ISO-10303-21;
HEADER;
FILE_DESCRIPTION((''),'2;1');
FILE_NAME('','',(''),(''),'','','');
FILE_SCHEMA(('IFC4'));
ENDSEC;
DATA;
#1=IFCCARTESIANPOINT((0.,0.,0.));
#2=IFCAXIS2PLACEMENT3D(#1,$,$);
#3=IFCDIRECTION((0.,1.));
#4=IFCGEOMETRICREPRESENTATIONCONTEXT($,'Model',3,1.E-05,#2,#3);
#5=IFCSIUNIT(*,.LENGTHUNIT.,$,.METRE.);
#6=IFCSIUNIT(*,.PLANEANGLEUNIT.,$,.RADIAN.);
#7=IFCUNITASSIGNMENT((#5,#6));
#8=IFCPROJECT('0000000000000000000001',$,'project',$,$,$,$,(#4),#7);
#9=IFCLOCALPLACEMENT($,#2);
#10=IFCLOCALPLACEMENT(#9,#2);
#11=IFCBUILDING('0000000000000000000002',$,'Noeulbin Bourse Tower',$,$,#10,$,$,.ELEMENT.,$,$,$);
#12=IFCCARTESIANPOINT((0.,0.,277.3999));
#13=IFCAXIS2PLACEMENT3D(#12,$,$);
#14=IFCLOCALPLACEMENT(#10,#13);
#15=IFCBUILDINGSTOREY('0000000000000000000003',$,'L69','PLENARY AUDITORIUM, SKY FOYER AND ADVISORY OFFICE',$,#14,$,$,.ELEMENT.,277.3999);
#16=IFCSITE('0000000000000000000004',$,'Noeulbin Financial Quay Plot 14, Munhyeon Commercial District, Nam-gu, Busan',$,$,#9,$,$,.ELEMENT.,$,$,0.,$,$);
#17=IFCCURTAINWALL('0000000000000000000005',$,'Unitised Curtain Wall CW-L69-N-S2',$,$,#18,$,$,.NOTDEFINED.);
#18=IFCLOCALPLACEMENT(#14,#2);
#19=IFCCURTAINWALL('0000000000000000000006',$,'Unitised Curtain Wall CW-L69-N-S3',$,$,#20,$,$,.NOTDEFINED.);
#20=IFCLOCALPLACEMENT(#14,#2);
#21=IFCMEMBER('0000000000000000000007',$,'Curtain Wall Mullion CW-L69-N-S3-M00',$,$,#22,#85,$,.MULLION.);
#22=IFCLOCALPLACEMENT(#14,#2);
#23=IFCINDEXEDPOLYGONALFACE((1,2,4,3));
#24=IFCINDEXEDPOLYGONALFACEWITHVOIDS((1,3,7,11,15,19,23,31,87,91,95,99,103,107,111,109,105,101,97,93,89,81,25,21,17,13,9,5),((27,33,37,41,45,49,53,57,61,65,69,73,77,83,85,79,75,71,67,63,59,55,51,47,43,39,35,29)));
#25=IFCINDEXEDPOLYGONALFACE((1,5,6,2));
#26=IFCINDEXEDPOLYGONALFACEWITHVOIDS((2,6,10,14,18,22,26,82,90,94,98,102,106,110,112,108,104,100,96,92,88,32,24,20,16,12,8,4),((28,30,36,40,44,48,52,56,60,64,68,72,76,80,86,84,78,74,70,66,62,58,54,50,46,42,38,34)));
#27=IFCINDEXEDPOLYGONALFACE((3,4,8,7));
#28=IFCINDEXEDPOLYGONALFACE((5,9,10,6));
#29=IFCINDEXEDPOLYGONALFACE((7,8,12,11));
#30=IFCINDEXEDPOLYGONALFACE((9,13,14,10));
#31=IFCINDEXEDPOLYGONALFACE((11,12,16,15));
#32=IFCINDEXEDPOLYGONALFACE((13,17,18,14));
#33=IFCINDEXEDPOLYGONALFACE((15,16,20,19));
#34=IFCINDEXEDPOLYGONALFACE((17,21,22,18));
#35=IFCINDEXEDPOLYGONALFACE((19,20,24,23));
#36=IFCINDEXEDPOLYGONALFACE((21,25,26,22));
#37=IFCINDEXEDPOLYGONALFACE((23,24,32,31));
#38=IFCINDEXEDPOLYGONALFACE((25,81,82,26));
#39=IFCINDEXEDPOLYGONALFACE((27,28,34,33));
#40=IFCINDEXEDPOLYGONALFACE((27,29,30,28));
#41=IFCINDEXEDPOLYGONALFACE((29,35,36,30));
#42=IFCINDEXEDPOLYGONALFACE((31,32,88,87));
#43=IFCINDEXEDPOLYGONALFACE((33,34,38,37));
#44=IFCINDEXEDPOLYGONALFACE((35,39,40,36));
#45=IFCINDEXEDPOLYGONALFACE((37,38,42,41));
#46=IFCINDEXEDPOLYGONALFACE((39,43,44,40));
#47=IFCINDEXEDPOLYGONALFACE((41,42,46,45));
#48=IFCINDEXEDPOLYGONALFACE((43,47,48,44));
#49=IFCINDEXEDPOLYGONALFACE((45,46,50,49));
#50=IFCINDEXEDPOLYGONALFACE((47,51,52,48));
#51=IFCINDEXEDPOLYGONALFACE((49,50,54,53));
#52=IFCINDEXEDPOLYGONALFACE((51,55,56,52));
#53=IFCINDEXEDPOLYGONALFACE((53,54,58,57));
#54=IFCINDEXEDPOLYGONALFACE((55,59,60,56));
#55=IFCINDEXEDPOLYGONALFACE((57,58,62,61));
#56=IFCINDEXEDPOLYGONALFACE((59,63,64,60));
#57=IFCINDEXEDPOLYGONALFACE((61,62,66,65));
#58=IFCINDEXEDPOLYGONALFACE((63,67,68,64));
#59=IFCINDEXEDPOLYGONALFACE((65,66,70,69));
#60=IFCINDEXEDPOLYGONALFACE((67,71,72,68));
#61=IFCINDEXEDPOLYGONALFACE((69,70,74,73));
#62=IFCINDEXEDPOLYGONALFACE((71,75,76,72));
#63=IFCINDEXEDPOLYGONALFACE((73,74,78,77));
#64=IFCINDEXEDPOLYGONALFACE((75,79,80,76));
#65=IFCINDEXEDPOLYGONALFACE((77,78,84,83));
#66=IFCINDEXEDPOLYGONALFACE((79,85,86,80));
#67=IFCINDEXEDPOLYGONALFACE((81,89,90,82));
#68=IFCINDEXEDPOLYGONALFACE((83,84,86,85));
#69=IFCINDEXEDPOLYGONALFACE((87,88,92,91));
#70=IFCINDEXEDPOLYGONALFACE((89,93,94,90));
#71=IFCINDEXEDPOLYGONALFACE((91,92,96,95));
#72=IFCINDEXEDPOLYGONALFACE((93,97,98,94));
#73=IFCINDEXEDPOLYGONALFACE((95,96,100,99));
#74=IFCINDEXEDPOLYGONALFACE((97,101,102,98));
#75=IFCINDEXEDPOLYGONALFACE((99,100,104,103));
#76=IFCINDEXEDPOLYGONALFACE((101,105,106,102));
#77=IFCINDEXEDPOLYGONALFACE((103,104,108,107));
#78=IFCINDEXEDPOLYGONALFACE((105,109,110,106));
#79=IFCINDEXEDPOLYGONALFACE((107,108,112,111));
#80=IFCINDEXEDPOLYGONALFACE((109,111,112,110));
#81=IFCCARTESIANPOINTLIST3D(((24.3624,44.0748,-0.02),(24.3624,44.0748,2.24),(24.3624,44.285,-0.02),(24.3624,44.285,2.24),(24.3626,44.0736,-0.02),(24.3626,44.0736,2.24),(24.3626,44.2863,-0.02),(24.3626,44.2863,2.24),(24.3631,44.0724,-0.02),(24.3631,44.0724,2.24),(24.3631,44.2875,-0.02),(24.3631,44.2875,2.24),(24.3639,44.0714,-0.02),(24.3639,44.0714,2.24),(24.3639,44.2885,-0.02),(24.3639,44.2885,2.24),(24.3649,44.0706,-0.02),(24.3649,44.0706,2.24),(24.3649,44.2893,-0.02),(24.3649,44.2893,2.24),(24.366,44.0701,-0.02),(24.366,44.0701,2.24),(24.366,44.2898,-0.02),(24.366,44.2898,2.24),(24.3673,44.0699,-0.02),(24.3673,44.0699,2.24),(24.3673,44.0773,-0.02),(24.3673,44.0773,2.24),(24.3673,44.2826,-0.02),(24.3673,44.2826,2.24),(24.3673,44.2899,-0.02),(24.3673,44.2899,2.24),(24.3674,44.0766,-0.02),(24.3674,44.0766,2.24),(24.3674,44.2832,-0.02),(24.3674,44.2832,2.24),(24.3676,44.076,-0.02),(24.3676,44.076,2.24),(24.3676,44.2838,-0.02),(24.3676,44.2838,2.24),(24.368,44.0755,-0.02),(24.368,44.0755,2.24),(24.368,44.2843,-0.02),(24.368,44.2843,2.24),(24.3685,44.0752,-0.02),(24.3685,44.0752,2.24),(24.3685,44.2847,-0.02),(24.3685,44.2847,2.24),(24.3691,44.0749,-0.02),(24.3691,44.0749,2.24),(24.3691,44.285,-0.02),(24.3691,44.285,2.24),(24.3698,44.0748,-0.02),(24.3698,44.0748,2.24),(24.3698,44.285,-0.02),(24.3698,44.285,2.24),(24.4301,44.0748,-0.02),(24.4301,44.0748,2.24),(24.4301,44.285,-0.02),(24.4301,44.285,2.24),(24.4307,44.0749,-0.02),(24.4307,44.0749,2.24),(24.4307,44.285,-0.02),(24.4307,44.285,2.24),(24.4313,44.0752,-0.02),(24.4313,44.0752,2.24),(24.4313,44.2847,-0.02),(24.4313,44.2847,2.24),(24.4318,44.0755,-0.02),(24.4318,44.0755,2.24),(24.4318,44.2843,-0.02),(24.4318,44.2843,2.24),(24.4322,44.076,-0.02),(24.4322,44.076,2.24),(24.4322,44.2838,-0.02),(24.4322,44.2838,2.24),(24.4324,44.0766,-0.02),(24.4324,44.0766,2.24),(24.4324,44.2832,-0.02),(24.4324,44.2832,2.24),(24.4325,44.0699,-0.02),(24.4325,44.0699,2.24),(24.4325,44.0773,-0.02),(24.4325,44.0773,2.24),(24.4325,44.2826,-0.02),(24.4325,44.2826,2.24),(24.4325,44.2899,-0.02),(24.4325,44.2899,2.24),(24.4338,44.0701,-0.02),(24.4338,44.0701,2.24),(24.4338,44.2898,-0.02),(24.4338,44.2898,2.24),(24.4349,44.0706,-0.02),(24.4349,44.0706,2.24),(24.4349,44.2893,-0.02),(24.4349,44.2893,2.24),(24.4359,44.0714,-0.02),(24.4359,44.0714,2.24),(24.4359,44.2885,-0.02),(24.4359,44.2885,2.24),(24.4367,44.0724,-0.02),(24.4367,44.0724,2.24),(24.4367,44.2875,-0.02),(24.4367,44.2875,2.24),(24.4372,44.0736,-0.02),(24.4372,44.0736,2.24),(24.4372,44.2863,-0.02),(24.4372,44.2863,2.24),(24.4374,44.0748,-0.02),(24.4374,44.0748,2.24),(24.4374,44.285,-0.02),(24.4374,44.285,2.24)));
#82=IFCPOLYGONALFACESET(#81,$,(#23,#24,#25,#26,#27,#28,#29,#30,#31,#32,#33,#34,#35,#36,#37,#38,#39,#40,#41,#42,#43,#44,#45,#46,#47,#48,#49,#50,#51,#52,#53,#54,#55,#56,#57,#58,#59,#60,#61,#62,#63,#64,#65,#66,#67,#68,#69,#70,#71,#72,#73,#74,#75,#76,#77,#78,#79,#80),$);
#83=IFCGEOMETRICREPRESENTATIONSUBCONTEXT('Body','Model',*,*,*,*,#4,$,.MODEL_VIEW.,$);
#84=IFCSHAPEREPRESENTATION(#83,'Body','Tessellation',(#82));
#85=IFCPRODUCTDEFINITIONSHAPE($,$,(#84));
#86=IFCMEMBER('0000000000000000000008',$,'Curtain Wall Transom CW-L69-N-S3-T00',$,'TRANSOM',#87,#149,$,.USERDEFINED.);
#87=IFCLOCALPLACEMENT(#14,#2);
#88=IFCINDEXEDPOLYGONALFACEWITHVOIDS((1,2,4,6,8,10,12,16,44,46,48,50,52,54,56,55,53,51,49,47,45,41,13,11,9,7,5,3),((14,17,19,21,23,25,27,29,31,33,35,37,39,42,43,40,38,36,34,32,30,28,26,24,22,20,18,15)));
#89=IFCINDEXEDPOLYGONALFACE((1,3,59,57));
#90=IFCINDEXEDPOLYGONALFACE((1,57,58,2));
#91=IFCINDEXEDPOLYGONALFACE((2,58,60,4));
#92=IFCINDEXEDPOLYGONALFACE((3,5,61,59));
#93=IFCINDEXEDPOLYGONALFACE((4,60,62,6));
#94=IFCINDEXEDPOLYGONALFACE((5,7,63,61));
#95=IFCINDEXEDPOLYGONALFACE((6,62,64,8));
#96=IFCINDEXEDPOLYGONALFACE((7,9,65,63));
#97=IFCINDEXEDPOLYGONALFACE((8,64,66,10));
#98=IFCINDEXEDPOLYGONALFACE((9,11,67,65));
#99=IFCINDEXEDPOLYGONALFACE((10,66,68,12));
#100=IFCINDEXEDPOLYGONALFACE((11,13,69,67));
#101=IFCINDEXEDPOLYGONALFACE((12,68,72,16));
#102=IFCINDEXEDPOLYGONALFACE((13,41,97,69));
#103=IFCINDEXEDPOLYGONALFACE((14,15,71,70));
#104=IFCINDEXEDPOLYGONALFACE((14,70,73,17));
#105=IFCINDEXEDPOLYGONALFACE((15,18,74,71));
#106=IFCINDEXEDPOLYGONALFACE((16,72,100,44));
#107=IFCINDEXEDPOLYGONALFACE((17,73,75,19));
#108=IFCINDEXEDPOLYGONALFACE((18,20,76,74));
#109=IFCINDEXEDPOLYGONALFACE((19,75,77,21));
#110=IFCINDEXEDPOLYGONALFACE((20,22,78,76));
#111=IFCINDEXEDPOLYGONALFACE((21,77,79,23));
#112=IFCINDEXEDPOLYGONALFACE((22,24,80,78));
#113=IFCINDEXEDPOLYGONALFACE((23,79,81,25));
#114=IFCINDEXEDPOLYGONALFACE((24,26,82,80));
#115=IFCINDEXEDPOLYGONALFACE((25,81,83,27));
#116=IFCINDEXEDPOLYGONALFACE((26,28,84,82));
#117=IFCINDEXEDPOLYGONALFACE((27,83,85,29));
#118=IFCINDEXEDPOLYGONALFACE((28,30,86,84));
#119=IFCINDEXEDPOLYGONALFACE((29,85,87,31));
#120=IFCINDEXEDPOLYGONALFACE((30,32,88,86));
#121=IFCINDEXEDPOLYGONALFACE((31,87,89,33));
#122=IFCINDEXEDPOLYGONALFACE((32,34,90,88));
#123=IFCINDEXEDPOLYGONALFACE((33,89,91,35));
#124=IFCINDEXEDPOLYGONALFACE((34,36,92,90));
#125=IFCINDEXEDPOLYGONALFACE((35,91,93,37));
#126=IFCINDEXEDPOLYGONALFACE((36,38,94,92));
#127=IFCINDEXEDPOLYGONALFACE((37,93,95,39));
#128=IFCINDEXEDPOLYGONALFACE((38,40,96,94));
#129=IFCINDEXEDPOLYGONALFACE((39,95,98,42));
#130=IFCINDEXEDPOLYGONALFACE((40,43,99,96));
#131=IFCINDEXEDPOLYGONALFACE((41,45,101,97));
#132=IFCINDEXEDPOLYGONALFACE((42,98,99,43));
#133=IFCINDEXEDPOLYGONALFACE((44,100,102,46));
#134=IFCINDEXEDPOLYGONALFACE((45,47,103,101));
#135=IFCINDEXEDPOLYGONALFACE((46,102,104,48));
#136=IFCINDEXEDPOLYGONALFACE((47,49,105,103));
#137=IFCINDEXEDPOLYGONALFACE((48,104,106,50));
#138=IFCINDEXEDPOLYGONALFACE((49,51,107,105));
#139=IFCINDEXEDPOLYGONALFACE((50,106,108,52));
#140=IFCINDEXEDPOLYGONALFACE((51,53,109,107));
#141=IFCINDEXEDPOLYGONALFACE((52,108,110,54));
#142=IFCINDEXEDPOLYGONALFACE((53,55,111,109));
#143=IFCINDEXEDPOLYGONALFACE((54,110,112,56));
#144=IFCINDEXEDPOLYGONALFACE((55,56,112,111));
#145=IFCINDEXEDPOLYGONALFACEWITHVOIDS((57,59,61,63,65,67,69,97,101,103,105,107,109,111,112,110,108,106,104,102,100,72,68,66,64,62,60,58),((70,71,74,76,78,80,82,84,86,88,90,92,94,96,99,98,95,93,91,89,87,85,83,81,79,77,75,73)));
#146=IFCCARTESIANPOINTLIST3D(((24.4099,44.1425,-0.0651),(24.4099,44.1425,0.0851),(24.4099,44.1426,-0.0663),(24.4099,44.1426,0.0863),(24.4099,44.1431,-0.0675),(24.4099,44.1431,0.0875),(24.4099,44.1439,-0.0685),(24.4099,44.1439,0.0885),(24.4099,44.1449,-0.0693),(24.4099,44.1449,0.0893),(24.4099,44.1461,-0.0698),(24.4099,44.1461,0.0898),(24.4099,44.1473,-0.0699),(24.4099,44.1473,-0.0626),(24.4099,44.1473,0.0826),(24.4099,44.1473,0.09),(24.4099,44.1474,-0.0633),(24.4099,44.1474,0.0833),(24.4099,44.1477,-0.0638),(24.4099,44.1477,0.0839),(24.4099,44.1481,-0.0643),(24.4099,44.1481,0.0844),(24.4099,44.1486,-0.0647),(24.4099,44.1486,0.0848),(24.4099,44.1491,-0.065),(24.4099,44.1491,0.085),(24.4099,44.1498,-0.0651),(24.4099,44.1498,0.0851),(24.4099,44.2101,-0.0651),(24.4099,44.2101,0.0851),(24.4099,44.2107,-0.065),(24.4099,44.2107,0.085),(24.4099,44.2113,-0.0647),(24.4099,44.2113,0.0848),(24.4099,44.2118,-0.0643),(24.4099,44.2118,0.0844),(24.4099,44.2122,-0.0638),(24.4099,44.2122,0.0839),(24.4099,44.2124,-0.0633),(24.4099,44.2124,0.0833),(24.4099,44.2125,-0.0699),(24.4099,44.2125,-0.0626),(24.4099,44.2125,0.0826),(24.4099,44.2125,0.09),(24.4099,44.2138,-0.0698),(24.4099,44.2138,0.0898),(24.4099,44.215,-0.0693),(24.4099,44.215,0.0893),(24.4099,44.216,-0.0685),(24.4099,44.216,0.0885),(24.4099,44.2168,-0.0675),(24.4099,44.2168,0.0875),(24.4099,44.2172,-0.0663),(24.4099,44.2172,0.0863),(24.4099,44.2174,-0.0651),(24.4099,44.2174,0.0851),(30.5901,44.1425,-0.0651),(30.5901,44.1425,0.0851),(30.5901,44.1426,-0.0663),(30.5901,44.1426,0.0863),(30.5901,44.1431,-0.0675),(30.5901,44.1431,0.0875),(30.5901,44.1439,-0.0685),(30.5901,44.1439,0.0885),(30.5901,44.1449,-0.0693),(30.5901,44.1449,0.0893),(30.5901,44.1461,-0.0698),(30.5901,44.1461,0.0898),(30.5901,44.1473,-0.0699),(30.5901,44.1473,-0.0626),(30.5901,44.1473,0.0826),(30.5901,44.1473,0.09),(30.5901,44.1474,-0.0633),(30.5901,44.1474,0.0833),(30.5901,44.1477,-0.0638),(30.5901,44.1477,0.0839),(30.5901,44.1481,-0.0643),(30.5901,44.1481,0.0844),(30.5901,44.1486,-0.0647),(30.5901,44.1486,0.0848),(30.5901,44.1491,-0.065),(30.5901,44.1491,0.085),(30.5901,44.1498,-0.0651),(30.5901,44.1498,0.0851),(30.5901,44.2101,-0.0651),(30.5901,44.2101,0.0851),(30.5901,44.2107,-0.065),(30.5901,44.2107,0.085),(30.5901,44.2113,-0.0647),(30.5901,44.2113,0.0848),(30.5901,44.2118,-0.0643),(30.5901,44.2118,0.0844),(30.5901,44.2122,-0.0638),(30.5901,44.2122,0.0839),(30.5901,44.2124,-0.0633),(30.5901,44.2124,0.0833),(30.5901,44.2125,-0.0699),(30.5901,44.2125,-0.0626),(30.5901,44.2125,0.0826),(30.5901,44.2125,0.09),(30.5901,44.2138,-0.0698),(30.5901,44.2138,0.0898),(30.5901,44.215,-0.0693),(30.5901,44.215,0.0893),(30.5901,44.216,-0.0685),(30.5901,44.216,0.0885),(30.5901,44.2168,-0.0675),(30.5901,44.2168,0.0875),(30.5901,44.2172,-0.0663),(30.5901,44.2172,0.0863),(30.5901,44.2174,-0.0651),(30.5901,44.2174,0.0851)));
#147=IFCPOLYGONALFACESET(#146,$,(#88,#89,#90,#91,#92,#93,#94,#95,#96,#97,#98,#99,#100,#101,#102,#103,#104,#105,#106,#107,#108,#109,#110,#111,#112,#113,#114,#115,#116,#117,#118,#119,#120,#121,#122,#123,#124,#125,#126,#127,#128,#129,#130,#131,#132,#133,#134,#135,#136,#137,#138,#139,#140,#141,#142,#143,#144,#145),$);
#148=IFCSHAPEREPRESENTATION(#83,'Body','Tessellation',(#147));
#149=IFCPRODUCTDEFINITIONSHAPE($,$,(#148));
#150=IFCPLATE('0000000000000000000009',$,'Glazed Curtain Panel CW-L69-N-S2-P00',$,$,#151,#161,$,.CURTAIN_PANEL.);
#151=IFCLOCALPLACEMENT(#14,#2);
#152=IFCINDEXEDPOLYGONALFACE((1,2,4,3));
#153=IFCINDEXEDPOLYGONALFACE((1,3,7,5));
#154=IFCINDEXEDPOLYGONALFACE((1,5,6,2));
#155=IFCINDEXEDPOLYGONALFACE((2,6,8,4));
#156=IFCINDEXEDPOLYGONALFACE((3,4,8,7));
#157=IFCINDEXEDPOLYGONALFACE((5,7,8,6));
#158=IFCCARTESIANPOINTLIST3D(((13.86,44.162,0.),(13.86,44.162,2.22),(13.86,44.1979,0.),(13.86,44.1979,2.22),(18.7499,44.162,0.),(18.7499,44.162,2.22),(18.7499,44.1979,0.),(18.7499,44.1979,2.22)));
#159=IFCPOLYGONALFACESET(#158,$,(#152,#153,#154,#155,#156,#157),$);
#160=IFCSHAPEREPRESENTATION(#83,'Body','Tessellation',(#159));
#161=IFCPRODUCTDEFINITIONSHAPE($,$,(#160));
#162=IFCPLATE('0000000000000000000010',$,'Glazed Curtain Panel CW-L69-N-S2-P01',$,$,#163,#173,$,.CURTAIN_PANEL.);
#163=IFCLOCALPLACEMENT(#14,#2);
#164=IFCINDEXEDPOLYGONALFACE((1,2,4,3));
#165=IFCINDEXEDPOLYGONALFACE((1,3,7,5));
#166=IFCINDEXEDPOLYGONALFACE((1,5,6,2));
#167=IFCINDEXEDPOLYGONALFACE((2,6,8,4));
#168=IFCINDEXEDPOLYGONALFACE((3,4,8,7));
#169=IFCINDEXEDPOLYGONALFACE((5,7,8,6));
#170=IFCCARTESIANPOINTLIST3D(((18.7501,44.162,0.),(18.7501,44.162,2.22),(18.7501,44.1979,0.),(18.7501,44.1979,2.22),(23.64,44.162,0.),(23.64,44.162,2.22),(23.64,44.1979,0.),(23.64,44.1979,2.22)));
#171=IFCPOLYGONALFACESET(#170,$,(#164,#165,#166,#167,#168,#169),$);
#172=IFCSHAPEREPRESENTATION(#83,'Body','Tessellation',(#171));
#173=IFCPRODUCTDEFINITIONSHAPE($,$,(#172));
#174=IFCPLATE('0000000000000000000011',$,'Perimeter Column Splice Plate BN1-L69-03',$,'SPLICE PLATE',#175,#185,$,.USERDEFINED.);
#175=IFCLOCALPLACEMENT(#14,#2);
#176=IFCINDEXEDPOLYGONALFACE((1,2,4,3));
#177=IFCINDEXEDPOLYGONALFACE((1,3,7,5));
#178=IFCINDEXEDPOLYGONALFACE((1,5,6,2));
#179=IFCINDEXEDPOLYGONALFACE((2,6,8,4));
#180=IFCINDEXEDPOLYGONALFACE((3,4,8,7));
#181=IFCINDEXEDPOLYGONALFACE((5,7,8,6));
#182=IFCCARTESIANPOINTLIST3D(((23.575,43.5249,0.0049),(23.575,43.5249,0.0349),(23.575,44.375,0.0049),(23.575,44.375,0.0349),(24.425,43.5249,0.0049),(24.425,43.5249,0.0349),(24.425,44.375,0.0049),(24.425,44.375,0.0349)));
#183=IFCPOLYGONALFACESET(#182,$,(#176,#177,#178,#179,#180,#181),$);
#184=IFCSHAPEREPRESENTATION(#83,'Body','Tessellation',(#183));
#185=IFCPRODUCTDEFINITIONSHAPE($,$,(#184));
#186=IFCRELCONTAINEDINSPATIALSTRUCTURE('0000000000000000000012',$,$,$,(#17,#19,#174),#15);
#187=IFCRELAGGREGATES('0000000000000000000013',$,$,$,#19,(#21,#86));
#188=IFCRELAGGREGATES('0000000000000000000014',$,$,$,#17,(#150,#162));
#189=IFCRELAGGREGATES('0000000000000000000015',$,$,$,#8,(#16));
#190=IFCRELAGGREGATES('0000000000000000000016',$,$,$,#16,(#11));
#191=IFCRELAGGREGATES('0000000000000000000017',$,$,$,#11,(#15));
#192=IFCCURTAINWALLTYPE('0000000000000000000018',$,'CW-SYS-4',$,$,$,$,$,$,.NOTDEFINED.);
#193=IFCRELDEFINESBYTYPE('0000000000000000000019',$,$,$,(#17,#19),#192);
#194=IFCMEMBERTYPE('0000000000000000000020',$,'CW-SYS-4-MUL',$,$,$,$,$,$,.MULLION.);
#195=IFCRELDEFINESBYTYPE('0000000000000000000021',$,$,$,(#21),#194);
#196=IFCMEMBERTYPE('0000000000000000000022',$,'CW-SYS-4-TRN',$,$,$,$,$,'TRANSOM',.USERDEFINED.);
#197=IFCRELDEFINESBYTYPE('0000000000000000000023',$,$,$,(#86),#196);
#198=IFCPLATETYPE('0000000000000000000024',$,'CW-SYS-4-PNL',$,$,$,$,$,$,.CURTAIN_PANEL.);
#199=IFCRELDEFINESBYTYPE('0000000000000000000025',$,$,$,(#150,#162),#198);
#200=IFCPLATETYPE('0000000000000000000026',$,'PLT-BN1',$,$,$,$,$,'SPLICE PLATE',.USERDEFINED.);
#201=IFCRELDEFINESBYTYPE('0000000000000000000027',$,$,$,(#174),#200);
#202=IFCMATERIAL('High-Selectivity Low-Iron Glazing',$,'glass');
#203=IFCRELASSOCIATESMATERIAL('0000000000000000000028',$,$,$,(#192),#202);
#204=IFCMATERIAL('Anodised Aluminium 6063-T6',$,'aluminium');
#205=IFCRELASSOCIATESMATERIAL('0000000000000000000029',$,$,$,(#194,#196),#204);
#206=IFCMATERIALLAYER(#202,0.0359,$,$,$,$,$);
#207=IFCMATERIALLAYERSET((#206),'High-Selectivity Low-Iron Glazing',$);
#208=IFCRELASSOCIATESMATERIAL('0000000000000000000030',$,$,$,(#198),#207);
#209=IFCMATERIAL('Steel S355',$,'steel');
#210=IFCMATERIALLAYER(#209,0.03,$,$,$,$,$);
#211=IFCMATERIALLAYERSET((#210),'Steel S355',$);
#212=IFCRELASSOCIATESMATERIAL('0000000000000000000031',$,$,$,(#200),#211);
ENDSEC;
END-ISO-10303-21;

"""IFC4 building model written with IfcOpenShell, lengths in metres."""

from ifc_helpers import new_model, si_unit, direction, frame, origin, origin_2d, place, context, subcontext, project, spatial, rectangle, hollow_rectangle, extrude, material, layer, layer_set, material_profile, profile_set, type_object, element, aggregate, save


model = new_model("IFC4")

# Units and contexts
model_context = context("Model", 3, precision=1e-05, world=origin(), true_north=direction((0.0, 1.0)))
body_context = subcontext(model_context, "Body", "Model", "MODEL_VIEW")
ifc_project = project(units=[si_unit("LENGTHUNIT", "METRE"), si_unit("PLANEANGLEUNIT", "RADIAN")], contexts=[model_context])

# Site, building, storey
site_placement = place(None, origin())
site = spatial("IfcSite", under=ifc_project, at=site_placement, Name="Noeulbin Financial Quay Plot 14, Munhyeon Commercial District, Nam-gu, Busan", CompositionType="ELEMENT", RefElevation=0.0)
building_placement = place(site_placement, origin())
building = spatial("IfcBuilding", under=site, at=building_placement, Name="Noeulbin Bourse Tower", CompositionType="ELEMENT")
storey_placement = place(building_placement, frame((0.0, 0.0, 277.3999)))
storey = spatial("IfcBuildingStorey", under=building, at=storey_placement, Name="L69", Description="PLENARY AUDITORIUM, SKY FOYER AND ADVISORY OFFICE", CompositionType="ELEMENT", Elevation=277.3999)

# Shared definitions
ifc_material_1 = material(Name="Steel S355", Category="steel")

# Curtain walls, members
ifc_material_2 = material(Name="High-Selectivity Low-Iron Glazing", Category="glass")
curtain_wall_type = type_object("IfcCurtainWallType", Name="CW-SYS-4", PredefinedType="NOTDEFINED", material=ifc_material_2)
curtain_wall_1_placement = place(storey_placement, origin())
curtain_wall_1 = element("IfcCurtainWall", 1, at=curtain_wall_1_placement, inside=storey, type_object=curtain_wall_type, Name="Unitised Curtain Wall CW-L69-N-S2", PredefinedType="NOTDEFINED")
ifc_material_3 = material(Name="Anodised Aluminium 6063-T6", Category="aluminium")
ifc_material_profile_1 = material_profile(ifc_material_3, hollow_rectangle(XDim=0.075, YDim=0.22, WallThickness=0.0049, InnerFilletRadius=0.0024, OuterFilletRadius=0.0049, at=origin_2d()), Name="ALU-MULL-75x220x5", Category="LoadBearing")
ifc_profile_set_1 = profile_set([ifc_material_profile_1], Name="Anodised Aluminium 6063-T6")
member_type_1 = type_object("IfcMemberType", Name="CW-SYS-4-MUL", PredefinedType="MULLION", material=ifc_profile_set_1)
curtain_wall_2_placement = place(storey_placement, origin())
curtain_wall_2 = element("IfcCurtainWall", 2, at=curtain_wall_2_placement, inside=storey, type_object=curtain_wall_type, Name="Unitised Curtain Wall CW-L69-N-S3", PredefinedType="NOTDEFINED")
member_1_placement = place(storey_placement, frame((24.3999, 44.1799, -0.02), z_axis=(0.0, 0.0, 1.0), x_axis=(1.0, 0.0, 0.0)))
member_1 = element("IfcMember", 3, at=member_1_placement, type_object=member_type_1, Name="Curtain Wall Mullion CW-L69-N-S3-M00", PredefinedType="MULLION", context=body_context, shape_type="SweptSolid", body=[
    extrude(hollow_rectangle(XDim=0.075, YDim=0.22, WallThickness=0.0049, InnerFilletRadius=0.0024, OuterFilletRadius=0.0049, at=origin_2d()), origin(), (0.0, 0.0, 1.0), 2.26),
])
ifc_material_profile_2 = material_profile(ifc_material_3, hollow_rectangle(XDim=0.075, YDim=0.1599, WallThickness=0.0049, InnerFilletRadius=0.0024, OuterFilletRadius=0.0049, at=origin_2d()), Name="ALU-TRAN-75x160x5", Category="LoadBearing")
ifc_profile_set_2 = profile_set([ifc_material_profile_2], Name="Anodised Aluminium 6063-T6")
member_type_2 = type_object("IfcMemberType", Name="CW-SYS-4-TRN", ElementType="TRANSOM", PredefinedType="USERDEFINED", material=ifc_profile_set_2)
member_2_placement = place(storey_placement, frame((24.4099, 44.1799, 0.01), z_axis=(1.0, 0.0, 0.0), x_axis=(0.0, 1.0, 0.0)))
member_2 = element("IfcMember", 4, at=member_2_placement, type_object=member_type_2, Name="Curtain Wall Transom CW-L69-N-S3-T00", ObjectType="TRANSOM", PredefinedType="USERDEFINED", context=body_context, shape_type="SweptSolid", body=[
    extrude(hollow_rectangle(XDim=0.075, YDim=0.1599, WallThickness=0.0049, InnerFilletRadius=0.0024, OuterFilletRadius=0.0049, at=origin_2d()), origin(), (0.0, 0.0, 1.0), 6.1802),
])
aggregate(curtain_wall_2, [member_1, member_2])

# Plates
ifc_layer_1 = layer(ifc_material_2, 0.0359)
ifc_layer_set_1 = layer_set([ifc_layer_1], Name="High-Selectivity Low-Iron Glazing")
plate_type_1 = type_object("IfcPlateType", Name="CW-SYS-4-PNL", PredefinedType="CURTAIN_PANEL", material=ifc_layer_set_1)
plate_1_placement = place(storey_placement, frame((16.3049, 44.1799, 0.0), z_axis=(0.0, 0.0, 1.0), x_axis=(1.0, 0.0, 0.0)))
plate_1 = element("IfcPlate", 5, at=plate_1_placement, type_object=plate_type_1, Name="Glazed Curtain Panel CW-L69-N-S2-P00", PredefinedType="CURTAIN_PANEL", context=body_context, shape_type="SweptSolid", body=[
    extrude(rectangle(XDim=4.8899, YDim=0.0359, at=origin_2d()), origin(), (0.0, 0.0, 1.0), 2.22),
])
plate_2_placement = place(storey_placement, frame((21.1951, 44.1799, 0.0), z_axis=(0.0, 0.0, 1.0), x_axis=(1.0, 0.0, 0.0)))
plate_2 = element("IfcPlate", 6, at=plate_2_placement, type_object=plate_type_1, Name="Glazed Curtain Panel CW-L69-N-S2-P01", PredefinedType="CURTAIN_PANEL", context=body_context, shape_type="SweptSolid", body=[
    extrude(rectangle(XDim=4.8899, YDim=0.0359, at=origin_2d()), origin(), (0.0, 0.0, 1.0), 2.22),
])
aggregate(curtain_wall_1, [plate_1, plate_2])

# Plate
ifc_layer_2 = layer(ifc_material_1, 0.03)
ifc_layer_set_2 = layer_set([ifc_layer_2], Name="Steel S355")
plate_type_2 = type_object("IfcPlateType", Name="PLT-BN1", ElementType="SPLICE PLATE", PredefinedType="USERDEFINED", material=ifc_layer_set_2)
plate_3_placement = place(storey_placement, frame((24.0, 43.95, 0.0049), z_axis=(0.0, 0.0, 1.0), x_axis=(1.0, 0.0, 0.0)))
element("IfcPlate", 7, at=plate_3_placement, inside=storey, type_object=plate_type_2, Name="Perimeter Column Splice Plate BN1-L69-03", ObjectType="SPLICE PLATE", PredefinedType="USERDEFINED", context=body_context, shape_type="SweptSolid", body=[
    extrude(rectangle(XDim=0.8501, YDim=0.8501, at=origin_2d()), origin(), (0.0, 0.0, 1.0), 0.03),
])

save(model, "model.ifc")
